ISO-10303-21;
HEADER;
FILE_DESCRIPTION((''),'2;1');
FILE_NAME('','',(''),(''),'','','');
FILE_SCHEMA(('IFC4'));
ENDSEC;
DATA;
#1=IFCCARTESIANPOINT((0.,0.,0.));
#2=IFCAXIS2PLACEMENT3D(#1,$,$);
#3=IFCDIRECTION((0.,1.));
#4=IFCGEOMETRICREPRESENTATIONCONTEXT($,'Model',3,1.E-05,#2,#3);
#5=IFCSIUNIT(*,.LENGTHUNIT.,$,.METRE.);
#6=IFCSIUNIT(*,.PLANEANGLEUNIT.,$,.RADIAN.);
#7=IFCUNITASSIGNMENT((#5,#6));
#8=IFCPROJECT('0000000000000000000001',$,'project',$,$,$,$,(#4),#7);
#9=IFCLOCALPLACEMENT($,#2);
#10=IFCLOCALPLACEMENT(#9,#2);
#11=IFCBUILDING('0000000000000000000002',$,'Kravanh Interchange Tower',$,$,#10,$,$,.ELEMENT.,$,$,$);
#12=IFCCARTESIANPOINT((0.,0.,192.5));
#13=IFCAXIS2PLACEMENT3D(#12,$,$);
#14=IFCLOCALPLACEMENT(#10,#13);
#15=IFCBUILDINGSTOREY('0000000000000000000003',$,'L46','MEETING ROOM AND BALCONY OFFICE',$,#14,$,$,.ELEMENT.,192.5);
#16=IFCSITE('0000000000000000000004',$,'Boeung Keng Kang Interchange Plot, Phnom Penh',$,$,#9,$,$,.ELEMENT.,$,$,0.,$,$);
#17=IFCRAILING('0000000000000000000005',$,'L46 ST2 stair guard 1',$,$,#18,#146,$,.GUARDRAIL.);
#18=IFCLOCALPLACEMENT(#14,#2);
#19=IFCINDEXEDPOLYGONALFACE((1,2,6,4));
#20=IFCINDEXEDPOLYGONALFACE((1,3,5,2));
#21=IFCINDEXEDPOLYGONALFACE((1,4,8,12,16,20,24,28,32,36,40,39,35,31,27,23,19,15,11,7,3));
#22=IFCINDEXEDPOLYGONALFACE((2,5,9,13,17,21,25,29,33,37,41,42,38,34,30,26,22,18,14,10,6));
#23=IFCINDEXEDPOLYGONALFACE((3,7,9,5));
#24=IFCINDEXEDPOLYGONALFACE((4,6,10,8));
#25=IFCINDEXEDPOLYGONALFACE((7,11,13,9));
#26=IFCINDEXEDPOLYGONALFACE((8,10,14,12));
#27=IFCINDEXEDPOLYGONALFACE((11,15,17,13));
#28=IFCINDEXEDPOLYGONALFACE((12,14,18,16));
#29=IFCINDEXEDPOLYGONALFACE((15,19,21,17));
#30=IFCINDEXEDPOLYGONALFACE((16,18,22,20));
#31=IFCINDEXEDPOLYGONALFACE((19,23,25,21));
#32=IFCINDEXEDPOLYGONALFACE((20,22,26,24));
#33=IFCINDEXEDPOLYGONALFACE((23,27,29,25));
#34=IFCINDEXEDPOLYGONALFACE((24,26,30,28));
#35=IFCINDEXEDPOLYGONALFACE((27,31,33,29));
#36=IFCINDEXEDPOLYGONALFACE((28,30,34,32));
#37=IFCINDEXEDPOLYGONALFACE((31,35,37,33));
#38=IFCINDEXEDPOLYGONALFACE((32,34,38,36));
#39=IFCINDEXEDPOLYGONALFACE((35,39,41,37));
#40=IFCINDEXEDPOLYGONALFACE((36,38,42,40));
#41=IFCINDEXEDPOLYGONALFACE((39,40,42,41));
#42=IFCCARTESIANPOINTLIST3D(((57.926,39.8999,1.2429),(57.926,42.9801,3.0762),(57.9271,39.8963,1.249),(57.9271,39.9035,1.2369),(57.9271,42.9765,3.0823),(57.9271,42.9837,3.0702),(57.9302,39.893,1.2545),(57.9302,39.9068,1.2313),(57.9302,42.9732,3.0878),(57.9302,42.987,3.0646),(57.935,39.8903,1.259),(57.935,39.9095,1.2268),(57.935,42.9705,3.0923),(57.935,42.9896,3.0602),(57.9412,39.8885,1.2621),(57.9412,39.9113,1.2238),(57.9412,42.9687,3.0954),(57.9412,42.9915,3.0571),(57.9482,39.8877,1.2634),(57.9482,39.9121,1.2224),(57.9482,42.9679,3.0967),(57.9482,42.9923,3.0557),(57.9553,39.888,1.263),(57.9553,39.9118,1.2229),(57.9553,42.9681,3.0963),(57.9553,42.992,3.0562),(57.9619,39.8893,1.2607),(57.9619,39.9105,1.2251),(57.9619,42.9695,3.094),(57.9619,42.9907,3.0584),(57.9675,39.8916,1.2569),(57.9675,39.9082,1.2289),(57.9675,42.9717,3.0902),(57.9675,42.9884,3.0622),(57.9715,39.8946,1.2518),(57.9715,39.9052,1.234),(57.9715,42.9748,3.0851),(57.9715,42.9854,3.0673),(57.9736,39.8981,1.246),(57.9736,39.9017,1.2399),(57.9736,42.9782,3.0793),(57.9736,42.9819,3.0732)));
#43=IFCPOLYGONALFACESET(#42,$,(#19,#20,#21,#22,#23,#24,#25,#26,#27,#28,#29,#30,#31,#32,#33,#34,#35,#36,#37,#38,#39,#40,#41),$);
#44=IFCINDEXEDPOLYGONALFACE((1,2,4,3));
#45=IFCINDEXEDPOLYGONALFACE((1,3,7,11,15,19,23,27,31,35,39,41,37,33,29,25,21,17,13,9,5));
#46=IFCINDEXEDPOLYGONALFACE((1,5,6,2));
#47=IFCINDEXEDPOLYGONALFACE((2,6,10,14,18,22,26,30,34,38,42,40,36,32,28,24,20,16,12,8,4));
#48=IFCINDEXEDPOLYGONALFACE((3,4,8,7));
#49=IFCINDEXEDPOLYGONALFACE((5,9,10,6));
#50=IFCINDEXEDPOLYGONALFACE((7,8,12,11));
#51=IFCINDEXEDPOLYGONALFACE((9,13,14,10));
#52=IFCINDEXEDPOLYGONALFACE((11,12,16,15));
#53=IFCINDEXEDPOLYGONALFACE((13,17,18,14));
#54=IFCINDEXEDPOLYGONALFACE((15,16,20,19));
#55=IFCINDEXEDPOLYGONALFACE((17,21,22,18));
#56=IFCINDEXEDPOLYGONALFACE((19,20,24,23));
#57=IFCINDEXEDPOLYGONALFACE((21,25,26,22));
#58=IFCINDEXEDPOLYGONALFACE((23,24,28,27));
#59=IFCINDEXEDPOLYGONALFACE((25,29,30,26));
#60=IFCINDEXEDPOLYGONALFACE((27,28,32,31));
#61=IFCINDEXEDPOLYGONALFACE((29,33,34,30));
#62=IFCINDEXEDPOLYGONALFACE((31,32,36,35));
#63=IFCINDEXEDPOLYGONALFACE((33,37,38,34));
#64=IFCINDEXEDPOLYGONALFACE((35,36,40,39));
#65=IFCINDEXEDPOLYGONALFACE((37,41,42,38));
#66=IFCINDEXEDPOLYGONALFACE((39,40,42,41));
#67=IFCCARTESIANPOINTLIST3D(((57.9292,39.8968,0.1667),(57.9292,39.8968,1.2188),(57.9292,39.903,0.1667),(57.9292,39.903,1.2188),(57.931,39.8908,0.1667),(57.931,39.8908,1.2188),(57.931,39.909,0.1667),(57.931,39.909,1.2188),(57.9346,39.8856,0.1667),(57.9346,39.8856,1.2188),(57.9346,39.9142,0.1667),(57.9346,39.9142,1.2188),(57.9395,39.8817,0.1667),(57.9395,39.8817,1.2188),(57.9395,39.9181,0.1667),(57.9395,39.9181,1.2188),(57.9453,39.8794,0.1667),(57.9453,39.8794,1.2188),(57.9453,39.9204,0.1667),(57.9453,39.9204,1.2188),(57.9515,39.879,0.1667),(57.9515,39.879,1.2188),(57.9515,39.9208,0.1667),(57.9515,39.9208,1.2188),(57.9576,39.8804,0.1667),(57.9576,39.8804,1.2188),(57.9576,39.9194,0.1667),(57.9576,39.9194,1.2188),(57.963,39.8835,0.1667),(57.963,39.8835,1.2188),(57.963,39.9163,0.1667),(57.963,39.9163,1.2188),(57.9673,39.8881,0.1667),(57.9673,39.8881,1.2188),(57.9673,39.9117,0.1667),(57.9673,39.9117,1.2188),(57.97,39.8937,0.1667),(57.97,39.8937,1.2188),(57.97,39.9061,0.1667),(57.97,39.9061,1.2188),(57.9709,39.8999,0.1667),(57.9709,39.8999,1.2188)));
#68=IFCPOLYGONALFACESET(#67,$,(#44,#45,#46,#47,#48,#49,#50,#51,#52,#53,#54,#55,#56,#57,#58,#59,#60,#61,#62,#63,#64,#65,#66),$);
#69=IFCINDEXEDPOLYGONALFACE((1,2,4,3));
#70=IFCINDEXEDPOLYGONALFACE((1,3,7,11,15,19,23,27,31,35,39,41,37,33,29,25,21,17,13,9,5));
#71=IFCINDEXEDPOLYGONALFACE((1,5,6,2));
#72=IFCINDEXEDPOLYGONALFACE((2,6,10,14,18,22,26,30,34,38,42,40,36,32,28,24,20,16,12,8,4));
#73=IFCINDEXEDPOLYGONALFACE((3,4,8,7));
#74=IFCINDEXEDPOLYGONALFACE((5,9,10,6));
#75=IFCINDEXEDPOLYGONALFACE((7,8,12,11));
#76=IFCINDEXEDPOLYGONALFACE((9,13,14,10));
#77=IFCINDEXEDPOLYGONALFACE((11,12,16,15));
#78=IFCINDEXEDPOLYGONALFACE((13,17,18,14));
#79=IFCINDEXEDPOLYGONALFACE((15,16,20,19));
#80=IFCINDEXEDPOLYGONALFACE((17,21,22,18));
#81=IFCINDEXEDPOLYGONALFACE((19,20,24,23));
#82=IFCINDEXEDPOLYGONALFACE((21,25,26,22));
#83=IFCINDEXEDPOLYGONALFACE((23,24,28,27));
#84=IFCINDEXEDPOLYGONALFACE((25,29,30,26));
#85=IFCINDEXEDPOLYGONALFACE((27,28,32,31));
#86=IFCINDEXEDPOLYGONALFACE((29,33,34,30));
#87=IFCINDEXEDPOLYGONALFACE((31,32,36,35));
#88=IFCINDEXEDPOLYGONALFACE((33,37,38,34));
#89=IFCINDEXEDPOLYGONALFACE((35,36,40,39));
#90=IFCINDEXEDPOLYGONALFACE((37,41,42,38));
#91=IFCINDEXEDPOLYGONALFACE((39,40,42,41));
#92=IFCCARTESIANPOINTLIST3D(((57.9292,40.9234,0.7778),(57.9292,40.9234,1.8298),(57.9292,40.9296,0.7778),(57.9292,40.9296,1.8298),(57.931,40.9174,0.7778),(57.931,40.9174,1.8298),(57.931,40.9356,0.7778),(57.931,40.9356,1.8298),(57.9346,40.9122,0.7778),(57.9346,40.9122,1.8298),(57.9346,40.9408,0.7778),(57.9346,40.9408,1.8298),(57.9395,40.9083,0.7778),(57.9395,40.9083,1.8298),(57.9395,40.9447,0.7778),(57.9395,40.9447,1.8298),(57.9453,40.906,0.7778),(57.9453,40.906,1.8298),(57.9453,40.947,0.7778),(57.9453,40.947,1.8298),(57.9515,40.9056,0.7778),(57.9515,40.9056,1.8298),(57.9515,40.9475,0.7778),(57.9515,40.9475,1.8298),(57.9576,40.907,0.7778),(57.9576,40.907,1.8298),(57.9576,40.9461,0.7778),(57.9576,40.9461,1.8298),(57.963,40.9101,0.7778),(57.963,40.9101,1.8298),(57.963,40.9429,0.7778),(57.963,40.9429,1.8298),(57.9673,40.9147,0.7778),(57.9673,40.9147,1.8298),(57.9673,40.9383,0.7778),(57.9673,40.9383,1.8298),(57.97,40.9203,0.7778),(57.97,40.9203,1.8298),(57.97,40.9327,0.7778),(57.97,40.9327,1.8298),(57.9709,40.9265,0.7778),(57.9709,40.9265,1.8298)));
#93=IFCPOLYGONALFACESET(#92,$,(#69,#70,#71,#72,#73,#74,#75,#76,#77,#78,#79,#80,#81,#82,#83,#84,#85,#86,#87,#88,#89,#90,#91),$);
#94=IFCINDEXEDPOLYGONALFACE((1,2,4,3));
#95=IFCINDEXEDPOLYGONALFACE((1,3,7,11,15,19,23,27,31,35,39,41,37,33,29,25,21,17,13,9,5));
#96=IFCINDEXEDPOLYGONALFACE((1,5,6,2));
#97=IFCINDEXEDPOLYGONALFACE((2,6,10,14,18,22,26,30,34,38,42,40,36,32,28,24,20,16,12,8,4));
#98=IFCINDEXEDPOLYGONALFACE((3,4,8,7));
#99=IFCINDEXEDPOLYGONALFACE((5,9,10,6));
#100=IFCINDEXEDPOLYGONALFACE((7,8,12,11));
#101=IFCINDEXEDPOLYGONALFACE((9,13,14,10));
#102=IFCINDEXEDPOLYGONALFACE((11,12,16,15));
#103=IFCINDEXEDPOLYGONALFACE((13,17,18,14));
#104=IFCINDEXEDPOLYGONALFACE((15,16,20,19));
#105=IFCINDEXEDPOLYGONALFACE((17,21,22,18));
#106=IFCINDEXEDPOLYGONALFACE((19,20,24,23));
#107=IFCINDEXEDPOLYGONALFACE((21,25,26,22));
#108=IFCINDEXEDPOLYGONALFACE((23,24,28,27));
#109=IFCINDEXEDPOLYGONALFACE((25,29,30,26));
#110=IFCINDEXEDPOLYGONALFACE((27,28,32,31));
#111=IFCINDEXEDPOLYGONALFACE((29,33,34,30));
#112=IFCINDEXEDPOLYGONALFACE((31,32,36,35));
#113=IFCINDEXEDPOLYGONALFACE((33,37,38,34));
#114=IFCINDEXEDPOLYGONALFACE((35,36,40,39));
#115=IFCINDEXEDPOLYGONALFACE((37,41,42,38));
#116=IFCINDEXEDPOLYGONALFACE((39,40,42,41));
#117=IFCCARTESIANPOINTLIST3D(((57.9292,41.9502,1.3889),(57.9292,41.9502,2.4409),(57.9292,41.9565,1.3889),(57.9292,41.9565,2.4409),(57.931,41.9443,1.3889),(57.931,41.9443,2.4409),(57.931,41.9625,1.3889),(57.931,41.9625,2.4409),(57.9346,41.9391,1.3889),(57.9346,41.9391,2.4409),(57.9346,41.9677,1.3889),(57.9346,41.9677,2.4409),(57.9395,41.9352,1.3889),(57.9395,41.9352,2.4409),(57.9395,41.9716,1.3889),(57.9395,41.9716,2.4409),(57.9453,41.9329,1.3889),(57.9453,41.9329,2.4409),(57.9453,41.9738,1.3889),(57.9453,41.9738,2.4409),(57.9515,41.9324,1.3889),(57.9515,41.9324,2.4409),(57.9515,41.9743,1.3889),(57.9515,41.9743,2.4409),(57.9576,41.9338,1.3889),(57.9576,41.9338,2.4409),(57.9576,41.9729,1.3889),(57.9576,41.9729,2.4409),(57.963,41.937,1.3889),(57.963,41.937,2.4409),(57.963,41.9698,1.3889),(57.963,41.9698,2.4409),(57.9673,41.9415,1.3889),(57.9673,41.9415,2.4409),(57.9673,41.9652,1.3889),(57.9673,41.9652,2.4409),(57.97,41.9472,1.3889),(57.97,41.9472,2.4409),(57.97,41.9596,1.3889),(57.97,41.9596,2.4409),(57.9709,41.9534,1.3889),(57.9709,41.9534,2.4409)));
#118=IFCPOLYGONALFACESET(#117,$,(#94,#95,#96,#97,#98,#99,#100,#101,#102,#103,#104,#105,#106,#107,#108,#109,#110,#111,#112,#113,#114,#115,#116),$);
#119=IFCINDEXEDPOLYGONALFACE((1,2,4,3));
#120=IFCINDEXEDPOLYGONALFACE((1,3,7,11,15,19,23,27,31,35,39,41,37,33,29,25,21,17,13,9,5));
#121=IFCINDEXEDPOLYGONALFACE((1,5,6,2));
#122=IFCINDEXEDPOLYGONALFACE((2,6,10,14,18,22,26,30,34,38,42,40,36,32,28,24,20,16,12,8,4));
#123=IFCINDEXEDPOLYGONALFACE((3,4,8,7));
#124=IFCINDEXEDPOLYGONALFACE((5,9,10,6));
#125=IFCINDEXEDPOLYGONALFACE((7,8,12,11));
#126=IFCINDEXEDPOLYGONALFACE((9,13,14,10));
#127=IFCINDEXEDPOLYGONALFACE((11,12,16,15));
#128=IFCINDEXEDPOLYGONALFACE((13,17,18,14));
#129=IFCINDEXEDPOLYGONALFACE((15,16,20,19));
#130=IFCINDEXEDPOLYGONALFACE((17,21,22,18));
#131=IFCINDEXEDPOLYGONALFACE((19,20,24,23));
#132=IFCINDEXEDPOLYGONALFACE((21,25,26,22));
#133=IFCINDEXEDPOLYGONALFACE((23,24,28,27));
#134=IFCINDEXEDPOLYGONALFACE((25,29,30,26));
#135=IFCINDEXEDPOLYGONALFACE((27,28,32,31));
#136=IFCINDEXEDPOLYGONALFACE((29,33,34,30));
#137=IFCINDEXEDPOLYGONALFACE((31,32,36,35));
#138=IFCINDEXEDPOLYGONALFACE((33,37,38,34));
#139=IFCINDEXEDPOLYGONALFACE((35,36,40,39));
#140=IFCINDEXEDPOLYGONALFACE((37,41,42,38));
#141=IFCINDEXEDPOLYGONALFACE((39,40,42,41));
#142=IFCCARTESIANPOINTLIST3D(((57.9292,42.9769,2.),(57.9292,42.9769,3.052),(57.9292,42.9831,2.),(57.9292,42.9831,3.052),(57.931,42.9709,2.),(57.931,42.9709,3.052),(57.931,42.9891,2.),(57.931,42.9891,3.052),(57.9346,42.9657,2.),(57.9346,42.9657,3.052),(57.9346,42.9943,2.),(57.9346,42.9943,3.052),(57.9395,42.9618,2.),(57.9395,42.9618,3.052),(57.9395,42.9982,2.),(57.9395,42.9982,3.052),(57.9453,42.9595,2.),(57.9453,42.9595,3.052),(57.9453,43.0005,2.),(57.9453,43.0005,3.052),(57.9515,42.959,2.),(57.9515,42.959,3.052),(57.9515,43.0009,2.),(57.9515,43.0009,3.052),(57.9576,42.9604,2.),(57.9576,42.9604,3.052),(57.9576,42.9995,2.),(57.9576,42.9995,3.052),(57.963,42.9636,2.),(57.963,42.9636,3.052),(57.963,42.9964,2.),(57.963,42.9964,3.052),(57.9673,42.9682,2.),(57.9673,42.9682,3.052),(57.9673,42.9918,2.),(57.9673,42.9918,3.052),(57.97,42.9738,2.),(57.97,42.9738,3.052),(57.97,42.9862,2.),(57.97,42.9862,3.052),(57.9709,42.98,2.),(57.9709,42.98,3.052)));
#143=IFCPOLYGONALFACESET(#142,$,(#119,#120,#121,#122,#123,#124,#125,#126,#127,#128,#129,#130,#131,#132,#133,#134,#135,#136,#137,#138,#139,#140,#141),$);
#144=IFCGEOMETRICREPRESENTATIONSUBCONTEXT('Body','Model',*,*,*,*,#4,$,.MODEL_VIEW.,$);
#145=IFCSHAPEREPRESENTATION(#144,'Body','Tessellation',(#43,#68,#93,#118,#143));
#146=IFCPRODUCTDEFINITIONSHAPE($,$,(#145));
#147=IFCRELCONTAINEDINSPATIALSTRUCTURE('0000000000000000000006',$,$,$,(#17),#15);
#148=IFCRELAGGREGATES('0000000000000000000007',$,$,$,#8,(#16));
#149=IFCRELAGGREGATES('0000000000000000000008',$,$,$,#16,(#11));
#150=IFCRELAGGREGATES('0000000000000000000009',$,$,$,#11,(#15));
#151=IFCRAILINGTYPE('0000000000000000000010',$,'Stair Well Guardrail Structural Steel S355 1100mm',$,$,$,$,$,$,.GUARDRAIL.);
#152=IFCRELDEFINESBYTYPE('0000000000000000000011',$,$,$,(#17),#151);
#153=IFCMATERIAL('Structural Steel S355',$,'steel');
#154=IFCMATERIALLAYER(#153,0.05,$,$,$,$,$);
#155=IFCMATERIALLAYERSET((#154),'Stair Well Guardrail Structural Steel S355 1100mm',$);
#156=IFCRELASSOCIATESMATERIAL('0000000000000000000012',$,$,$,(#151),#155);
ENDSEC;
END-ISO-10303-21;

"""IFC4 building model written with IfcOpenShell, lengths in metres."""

from ifc_helpers import new_model, si_unit, direction, frame, origin, origin_2d, place, context, subcontext, project, spatial, circle, extrude, material, layer, layer_set, type_object, element, save


model = new_model("IFC4")

# Units and contexts
model_context = context("Model", 3, precision=1e-05, world=origin(), true_north=direction((0.0, 1.0)))
body_context = subcontext(model_context, "Body", "Model", "MODEL_VIEW")
ifc_project = project(units=[si_unit("LENGTHUNIT", "METRE"), si_unit("PLANEANGLEUNIT", "RADIAN")], contexts=[model_context])

# Site, building, storey
site_placement = place(None, origin())
site = spatial("IfcSite", under=ifc_project, at=site_placement, Name="Boeung Keng Kang Interchange Plot, Phnom Penh", CompositionType="ELEMENT", RefElevation=0.0)
building_placement = place(site_placement, origin())
building = spatial("IfcBuilding", under=site, at=building_placement, Name="Kravanh Interchange Tower", CompositionType="ELEMENT")
storey_placement = place(building_placement, frame((0.0, 0.0, 192.5)))
storey = spatial("IfcBuildingStorey", under=building, at=storey_placement, Name="L46", Description="MEETING ROOM AND BALCONY OFFICE", CompositionType="ELEMENT", Elevation=192.5)

# Railing
ifc_material_1 = material(Name="Structural Steel S355", Category="steel")
ifc_layer_1 = layer(ifc_material_1, 0.05)
ifc_layer_set_1 = layer_set([ifc_layer_1], Name="Stair Well Guardrail Structural Steel S355 1100mm")
railing_type_1 = type_object("IfcRailingType", Name="Stair Well Guardrail Structural Steel S355 1100mm", PredefinedType="GUARDRAIL", material=ifc_layer_set_1)
railing_1_placement = place(storey_placement, frame((57.95, 39.8999, 0.1667)))
element("IfcRailing", 1, at=railing_1_placement, inside=storey, type_object=railing_type_1, Name="L46 ST2 stair guard 1", PredefinedType="GUARDRAIL", context=body_context, shape_type="SweptSolid", body=[
    extrude(circle(Radius=0.0239, at=origin_2d()), frame((0.0, 0.0, 1.0762), z_axis=(0.0, 0.859309, 0.511458), x_axis=(-1.0, 0.0, 0.0)), (0.0, 0.0, 1.0), 3.5845),
    extrude(circle(Radius=0.021, at=origin_2d()), origin(), (0.0, 0.0, 1.0), 1.052),
    extrude(circle(Radius=0.021, at=origin_2d()), frame((0.0, 1.0266, 0.6111)), (0.0, 0.0, 1.0), 1.052),
    extrude(circle(Radius=0.021, at=origin_2d()), frame((0.0, 2.0535, 1.2222)), (0.0, 0.0, 1.0), 1.052),
    extrude(circle(Radius=0.021, at=origin_2d()), frame((0.0, 3.0801, 1.8333)), (0.0, 0.0, 1.0), 1.052),
])

save(model, "model.ifc")
